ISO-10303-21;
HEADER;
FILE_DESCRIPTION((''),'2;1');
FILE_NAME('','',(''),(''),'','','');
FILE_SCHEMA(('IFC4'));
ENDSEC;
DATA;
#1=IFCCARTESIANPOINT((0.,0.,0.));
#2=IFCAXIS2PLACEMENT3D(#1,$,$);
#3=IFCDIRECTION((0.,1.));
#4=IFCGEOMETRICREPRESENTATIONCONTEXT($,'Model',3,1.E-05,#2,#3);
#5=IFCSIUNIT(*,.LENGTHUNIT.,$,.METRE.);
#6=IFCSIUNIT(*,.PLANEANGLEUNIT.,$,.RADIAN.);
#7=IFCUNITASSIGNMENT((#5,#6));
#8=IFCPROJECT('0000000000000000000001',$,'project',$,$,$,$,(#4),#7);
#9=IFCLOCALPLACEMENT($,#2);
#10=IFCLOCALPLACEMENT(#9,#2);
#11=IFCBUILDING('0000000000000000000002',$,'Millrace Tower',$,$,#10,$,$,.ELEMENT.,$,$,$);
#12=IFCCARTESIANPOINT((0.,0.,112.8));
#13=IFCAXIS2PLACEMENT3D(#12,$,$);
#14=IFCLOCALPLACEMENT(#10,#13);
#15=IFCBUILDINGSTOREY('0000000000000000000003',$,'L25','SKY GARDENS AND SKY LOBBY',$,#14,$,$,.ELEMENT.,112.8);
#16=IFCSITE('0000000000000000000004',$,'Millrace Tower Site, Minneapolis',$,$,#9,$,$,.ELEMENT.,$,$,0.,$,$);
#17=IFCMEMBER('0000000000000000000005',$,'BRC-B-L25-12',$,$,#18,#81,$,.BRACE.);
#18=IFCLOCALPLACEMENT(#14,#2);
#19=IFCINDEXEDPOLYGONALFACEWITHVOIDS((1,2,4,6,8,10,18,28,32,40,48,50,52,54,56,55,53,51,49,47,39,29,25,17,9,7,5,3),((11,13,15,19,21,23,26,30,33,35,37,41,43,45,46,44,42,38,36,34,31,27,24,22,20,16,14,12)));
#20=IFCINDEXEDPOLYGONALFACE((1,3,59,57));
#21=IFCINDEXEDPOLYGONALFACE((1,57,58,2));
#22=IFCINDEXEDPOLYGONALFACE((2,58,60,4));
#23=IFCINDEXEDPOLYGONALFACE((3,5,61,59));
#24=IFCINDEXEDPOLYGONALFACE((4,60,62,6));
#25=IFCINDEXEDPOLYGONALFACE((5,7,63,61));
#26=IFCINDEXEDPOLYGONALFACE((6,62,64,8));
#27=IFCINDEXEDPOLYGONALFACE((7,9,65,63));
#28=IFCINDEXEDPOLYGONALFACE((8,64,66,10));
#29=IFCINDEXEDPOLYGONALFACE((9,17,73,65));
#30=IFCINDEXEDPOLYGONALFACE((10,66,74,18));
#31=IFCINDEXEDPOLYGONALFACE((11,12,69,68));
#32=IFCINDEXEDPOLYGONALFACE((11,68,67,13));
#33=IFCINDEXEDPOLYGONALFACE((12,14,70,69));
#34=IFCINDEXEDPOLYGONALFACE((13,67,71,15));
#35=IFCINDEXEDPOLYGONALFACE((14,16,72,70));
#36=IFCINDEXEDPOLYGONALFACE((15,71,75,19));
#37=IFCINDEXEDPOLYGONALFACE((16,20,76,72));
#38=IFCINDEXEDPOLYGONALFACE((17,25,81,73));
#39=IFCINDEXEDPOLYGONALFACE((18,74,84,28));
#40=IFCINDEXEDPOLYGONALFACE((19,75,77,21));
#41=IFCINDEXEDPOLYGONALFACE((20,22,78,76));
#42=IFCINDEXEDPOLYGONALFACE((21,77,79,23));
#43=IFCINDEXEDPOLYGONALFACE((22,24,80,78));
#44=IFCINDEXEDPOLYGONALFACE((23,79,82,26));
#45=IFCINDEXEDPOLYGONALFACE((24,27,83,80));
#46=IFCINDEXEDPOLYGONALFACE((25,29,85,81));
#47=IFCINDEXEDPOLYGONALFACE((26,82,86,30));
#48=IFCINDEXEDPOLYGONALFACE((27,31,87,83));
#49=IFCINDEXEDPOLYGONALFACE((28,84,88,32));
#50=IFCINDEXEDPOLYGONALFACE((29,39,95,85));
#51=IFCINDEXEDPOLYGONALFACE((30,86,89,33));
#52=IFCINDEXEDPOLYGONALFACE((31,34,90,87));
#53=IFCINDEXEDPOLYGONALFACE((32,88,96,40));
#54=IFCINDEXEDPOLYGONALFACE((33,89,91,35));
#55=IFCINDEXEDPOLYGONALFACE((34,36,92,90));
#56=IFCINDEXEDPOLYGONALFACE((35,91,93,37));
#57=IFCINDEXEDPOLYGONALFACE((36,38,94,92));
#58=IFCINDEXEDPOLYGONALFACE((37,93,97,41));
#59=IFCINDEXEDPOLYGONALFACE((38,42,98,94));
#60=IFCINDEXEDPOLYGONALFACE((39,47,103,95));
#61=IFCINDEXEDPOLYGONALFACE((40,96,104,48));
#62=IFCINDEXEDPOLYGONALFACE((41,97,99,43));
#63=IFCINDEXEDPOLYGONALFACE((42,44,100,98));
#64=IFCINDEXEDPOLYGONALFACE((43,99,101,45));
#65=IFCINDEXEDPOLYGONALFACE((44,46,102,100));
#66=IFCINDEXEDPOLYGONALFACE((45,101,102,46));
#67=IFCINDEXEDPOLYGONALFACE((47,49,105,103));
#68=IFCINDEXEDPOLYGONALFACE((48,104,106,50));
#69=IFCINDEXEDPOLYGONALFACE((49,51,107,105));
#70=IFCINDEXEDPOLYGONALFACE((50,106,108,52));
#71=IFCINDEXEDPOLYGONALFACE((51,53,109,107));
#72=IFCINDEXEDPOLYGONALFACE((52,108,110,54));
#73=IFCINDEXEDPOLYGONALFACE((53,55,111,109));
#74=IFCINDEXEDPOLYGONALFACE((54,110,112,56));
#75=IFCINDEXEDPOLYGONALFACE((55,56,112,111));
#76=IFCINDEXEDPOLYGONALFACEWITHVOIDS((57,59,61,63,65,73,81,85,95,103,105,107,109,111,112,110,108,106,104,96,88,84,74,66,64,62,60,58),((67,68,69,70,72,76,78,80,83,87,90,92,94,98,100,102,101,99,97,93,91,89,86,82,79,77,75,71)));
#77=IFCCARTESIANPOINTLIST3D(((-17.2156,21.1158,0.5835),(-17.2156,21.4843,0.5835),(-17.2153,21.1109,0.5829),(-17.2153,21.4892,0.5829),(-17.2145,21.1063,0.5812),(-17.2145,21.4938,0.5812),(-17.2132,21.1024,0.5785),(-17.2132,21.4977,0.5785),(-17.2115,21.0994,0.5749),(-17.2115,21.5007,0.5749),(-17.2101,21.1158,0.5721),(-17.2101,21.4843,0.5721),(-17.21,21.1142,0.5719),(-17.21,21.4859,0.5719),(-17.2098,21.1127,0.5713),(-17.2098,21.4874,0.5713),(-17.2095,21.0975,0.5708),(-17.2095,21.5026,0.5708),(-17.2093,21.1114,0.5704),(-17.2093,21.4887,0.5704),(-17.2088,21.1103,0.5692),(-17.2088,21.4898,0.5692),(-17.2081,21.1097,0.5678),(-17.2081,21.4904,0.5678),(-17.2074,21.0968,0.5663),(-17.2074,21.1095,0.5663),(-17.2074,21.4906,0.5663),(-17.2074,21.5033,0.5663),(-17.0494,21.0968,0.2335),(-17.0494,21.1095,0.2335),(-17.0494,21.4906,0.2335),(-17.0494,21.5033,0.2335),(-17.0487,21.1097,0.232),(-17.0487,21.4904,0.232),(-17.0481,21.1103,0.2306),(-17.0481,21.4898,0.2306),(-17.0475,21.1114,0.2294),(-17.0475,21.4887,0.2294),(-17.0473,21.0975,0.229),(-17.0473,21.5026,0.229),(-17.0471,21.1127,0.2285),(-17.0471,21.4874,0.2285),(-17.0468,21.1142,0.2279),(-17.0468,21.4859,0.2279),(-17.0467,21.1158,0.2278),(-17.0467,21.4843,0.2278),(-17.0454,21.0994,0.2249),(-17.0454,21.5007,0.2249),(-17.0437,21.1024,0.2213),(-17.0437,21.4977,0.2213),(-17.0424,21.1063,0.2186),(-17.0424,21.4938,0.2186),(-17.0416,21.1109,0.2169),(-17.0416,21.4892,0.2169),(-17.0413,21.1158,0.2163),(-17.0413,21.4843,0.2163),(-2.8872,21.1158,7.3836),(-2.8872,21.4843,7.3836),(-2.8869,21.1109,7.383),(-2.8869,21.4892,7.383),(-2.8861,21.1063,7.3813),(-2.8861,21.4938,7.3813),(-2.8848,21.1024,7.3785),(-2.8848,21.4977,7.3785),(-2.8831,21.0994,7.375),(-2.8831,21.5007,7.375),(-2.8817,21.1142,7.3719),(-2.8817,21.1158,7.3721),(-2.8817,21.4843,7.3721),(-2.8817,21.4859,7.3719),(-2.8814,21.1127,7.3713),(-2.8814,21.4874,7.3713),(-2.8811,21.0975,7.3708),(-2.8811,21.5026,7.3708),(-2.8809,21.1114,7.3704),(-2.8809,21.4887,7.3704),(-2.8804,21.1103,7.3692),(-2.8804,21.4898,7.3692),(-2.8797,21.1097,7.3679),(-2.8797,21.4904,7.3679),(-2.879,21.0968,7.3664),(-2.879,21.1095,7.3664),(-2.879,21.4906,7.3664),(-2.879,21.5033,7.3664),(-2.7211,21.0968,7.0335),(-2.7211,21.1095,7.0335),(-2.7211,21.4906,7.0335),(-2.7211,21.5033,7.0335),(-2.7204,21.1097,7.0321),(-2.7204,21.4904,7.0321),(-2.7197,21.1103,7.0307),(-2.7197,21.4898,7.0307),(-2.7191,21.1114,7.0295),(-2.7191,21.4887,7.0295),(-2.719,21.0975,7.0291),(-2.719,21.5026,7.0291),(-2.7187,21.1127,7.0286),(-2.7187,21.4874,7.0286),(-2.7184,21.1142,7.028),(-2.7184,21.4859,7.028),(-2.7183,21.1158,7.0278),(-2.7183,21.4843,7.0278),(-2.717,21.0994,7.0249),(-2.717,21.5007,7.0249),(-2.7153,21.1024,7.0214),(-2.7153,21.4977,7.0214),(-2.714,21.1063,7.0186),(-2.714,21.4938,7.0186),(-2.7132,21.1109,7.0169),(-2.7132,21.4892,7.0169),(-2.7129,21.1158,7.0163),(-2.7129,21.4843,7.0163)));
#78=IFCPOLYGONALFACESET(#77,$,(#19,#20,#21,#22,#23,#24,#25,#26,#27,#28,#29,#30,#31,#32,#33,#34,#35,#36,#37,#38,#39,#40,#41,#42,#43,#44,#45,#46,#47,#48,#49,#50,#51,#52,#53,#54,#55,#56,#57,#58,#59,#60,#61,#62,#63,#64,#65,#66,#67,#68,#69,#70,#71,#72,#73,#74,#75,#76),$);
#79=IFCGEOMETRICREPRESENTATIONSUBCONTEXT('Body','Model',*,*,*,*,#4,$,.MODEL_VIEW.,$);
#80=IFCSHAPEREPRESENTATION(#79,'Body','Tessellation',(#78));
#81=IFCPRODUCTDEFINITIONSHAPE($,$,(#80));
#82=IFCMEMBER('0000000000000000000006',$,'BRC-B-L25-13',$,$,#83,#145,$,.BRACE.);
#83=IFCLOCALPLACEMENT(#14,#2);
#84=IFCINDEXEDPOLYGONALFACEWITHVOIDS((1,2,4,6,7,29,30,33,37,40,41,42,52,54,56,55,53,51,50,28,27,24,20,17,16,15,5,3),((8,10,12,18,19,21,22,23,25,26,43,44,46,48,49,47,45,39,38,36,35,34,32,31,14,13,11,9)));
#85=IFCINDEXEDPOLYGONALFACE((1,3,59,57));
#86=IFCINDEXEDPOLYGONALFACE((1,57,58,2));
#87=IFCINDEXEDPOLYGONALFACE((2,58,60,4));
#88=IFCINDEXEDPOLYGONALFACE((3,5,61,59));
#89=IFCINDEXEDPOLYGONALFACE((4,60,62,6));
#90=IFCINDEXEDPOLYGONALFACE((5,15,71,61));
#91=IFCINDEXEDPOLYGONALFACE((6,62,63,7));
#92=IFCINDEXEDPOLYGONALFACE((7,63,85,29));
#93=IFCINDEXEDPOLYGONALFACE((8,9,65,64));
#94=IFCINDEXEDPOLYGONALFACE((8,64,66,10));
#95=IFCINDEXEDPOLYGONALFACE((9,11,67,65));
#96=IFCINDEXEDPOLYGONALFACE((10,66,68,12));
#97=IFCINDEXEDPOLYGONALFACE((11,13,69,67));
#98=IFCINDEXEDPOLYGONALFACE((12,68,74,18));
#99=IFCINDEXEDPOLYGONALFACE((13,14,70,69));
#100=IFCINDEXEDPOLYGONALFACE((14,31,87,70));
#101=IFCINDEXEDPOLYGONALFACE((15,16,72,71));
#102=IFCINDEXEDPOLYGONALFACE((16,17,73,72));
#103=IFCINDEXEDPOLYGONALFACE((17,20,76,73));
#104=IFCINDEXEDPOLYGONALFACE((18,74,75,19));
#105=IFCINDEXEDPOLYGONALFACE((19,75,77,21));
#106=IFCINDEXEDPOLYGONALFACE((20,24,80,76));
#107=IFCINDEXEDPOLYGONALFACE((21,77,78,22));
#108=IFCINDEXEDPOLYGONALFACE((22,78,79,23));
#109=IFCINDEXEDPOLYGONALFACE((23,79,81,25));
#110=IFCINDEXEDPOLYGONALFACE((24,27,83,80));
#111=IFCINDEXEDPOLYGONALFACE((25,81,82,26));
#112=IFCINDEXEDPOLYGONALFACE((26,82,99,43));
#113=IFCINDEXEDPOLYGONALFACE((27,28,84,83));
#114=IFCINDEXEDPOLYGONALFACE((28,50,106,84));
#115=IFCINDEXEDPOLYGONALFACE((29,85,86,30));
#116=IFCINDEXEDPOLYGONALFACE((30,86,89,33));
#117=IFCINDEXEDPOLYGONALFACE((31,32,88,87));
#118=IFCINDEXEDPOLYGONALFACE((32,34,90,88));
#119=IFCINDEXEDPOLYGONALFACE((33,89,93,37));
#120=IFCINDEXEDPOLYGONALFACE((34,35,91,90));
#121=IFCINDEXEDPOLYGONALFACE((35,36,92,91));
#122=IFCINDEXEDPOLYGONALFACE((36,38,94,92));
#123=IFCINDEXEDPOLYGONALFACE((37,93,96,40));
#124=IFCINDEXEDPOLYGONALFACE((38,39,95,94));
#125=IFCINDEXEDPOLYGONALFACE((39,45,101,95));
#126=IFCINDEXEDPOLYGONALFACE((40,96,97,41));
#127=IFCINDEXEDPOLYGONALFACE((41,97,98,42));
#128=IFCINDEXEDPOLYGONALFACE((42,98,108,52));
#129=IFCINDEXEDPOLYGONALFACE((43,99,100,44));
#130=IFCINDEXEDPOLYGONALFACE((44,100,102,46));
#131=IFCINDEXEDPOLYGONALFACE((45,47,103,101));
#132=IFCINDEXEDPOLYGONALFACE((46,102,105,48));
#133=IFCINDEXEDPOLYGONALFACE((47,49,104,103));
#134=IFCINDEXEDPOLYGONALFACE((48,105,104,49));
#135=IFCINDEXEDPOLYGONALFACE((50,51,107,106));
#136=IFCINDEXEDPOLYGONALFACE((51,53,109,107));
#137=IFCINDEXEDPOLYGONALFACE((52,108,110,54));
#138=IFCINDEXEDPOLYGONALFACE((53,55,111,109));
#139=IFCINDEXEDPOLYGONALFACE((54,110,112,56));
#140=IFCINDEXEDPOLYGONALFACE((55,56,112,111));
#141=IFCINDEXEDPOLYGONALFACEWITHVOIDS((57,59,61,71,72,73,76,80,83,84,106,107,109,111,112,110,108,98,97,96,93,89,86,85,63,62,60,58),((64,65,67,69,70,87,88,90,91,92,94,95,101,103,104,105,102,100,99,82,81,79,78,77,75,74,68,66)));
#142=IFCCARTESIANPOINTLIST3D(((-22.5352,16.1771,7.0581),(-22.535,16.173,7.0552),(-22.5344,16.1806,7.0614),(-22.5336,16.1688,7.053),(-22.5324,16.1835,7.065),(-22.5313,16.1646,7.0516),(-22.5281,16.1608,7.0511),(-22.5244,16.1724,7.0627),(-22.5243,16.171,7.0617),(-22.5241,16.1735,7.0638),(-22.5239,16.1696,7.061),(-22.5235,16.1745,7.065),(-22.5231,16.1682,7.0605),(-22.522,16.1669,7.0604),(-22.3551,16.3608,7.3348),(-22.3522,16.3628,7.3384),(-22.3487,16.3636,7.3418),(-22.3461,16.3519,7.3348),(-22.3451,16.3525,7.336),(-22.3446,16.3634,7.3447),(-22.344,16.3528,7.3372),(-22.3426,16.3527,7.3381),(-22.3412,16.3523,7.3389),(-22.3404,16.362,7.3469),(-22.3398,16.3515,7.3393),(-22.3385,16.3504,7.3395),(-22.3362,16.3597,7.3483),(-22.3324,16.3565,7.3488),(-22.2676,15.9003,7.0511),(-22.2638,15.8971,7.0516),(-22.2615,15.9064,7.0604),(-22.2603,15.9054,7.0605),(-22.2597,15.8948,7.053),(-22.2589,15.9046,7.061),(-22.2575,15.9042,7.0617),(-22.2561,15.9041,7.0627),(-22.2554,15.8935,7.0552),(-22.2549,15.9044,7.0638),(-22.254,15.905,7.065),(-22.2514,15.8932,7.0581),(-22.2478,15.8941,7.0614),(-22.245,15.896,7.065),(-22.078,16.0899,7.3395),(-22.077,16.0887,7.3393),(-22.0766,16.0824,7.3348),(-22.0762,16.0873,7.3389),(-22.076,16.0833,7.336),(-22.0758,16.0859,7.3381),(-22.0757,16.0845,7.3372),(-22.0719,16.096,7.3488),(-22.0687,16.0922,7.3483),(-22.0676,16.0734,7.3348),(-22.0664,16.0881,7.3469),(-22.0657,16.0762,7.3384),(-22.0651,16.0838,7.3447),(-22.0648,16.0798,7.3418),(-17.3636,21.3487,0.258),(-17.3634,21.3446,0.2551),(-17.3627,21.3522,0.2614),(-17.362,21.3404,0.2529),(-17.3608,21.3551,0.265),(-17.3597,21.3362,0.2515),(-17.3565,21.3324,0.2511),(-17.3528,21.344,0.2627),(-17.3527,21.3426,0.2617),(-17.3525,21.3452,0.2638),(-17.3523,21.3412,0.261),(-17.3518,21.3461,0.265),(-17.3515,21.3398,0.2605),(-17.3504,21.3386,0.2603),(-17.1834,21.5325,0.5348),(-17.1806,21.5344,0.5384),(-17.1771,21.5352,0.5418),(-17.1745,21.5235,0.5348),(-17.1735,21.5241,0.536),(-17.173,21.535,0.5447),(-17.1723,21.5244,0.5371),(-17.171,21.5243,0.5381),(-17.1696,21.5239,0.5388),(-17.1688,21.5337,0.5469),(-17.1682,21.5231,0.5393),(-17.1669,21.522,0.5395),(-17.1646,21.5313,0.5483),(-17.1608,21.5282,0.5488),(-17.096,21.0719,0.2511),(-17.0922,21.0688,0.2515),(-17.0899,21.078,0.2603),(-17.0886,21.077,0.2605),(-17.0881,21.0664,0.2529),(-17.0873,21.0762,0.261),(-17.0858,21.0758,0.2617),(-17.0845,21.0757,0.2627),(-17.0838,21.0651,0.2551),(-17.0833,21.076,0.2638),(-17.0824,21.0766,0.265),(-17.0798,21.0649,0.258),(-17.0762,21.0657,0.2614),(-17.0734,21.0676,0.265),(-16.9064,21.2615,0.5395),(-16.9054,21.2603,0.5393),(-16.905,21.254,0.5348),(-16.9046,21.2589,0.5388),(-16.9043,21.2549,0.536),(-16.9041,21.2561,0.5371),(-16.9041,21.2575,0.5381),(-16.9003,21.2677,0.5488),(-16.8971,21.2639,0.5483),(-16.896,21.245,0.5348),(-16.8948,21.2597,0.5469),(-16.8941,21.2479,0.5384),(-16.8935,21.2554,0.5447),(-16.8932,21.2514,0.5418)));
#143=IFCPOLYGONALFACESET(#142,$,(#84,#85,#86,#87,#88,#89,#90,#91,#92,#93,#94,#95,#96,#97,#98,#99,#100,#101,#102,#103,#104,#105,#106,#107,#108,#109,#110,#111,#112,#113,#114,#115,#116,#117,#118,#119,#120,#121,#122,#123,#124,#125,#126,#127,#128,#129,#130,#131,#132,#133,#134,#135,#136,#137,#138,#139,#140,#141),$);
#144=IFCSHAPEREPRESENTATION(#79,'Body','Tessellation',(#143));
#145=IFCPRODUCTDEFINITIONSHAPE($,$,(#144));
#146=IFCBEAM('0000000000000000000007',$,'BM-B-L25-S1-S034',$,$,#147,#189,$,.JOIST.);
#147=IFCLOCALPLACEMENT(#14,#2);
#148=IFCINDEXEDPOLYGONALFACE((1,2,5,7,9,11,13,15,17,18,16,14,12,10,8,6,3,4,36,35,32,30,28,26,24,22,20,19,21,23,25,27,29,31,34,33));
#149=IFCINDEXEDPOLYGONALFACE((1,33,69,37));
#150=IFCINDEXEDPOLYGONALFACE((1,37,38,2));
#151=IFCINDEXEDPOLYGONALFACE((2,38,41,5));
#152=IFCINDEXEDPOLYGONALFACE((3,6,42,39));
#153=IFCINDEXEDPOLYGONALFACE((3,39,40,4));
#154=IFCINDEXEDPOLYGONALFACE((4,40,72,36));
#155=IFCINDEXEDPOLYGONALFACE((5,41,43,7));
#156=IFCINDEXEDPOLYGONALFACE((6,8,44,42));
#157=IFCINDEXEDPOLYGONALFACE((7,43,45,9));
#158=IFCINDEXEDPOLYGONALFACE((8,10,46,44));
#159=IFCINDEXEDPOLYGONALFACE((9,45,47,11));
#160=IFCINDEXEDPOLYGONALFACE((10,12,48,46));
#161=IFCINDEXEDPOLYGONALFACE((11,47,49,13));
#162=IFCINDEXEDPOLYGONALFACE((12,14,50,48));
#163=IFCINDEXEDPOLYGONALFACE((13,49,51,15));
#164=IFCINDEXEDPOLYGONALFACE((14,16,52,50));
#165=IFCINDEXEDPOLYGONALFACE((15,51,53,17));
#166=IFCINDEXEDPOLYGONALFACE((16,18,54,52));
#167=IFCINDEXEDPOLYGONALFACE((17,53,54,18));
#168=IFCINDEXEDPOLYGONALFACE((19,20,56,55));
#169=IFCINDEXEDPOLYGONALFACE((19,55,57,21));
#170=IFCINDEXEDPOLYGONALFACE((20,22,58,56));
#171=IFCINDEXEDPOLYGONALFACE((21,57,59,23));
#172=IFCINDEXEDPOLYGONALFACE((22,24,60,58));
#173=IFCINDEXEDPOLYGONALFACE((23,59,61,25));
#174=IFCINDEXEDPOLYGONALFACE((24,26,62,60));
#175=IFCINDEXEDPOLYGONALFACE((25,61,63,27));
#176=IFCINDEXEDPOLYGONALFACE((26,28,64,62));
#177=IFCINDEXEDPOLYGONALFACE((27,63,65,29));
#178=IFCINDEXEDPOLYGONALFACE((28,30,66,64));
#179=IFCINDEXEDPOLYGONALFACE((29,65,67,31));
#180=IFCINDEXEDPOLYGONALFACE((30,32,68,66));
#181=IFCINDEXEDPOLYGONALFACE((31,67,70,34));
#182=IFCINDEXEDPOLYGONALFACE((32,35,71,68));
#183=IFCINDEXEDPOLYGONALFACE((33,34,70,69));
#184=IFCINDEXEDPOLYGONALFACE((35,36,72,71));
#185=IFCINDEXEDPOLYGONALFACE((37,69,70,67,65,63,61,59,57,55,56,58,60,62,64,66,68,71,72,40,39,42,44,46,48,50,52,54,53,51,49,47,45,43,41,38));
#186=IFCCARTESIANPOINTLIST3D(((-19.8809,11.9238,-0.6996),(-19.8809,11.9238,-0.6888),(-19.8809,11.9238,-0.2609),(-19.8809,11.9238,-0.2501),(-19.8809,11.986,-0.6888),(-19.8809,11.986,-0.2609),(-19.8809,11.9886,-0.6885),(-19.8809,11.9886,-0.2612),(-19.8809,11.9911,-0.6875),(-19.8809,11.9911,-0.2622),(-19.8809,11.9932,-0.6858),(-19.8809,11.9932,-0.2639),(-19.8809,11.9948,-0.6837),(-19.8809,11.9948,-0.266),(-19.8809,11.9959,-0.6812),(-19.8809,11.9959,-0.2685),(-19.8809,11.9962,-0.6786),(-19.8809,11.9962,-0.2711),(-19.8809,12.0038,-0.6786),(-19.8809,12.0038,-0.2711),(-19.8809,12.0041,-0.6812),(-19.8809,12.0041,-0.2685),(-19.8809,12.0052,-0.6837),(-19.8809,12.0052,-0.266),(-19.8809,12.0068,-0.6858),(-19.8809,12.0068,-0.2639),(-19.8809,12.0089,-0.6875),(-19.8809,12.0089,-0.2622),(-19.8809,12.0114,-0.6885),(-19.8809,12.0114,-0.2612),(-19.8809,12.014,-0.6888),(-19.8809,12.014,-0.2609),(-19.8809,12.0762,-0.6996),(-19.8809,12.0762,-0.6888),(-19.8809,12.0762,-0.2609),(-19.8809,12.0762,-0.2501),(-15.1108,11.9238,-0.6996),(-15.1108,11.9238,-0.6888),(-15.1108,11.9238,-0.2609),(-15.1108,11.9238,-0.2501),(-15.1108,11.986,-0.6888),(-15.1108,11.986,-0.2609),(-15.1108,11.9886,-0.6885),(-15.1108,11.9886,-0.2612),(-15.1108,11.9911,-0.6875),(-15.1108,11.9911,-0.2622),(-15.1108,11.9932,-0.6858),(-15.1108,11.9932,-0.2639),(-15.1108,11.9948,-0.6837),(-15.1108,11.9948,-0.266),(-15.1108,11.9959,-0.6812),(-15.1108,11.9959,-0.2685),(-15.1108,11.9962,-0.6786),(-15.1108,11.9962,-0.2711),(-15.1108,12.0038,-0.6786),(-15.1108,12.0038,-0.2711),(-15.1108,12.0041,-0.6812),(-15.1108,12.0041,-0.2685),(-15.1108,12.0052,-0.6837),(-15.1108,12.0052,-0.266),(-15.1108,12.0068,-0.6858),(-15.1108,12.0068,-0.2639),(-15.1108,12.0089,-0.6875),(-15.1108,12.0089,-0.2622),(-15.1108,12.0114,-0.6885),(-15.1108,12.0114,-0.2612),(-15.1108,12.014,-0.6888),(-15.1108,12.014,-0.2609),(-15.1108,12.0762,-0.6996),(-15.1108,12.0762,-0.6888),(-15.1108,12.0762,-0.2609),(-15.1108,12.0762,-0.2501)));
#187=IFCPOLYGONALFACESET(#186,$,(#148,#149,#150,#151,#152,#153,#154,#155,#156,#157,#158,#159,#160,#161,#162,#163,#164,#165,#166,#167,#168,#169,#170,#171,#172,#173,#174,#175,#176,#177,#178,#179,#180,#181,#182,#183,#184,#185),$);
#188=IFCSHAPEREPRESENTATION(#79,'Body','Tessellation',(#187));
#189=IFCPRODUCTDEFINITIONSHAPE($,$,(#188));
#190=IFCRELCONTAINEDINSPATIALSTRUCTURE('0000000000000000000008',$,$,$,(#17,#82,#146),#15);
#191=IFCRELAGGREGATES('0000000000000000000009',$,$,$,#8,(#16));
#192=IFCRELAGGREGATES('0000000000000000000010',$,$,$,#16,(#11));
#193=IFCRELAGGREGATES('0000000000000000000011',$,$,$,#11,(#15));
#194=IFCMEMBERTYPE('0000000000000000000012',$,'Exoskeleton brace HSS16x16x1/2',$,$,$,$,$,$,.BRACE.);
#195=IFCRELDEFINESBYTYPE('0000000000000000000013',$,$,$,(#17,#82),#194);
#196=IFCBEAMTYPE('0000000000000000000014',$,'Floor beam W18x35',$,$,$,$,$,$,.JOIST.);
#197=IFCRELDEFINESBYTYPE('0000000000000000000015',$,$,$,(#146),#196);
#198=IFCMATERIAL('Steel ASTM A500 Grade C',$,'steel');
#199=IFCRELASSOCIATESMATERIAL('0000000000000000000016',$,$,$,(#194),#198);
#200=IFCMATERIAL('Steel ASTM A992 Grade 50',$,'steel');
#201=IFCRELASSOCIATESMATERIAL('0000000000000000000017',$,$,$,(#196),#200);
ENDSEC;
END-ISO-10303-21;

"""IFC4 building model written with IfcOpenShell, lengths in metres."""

from ifc_helpers import new_model, si_unit, direction, frame, origin, origin_2d, place, context, subcontext, project, spatial, hollow_rectangle, i_section, extrude, material, material_profile, profile_set, type_object, element, save


model = new_model("IFC4")

# Units and contexts
model_context = context("Model", 3, precision=1e-05, world=origin(), true_north=direction((0.0, 1.0)))
body_context = subcontext(model_context, "Body", "Model", "MODEL_VIEW")
ifc_project = project(units=[si_unit("LENGTHUNIT", "METRE"), si_unit("PLANEANGLEUNIT", "RADIAN")], contexts=[model_context])

# Site, building, storey
site_placement = place(None, origin())
site = spatial("IfcSite", under=ifc_project, at=site_placement, Name="Millrace Tower Site, Minneapolis", CompositionType="ELEMENT", RefElevation=0.0)
building_placement = place(site_placement, origin())
building = spatial("IfcBuilding", under=site, at=building_placement, Name="Millrace Tower", CompositionType="ELEMENT")
storey_placement = place(building_placement, frame((0.0, 0.0, 112.8)))
storey = spatial("IfcBuildingStorey", under=building, at=storey_placement, Name="L25", Description="SKY GARDENS AND SKY LOBBY", CompositionType="ELEMENT", Elevation=112.8)

# Members
ifc_material_1 = material(Name="Steel ASTM A500 Grade C", Category="steel")
ifc_material_profile_1 = material_profile(ifc_material_1, hollow_rectangle(XDim=0.4065, YDim=0.4065, WallThickness=0.0127, InnerFilletRadius=0.0063, OuterFilletRadius=0.019, at=origin_2d()))
ifc_profile_set_1 = profile_set([ifc_material_profile_1], Name="Steel ASTM A500 Grade C")
member_type_1 = type_object("IfcMemberType", Name="Exoskeleton brace HSS16x16x1/2", PredefinedType="BRACE", material=ifc_profile_set_1)
member_1_placement = place(storey_placement, frame((-17.1284, 21.3, 0.3999), z_axis=(0.903422, 0.0, 0.428752), x_axis=(0.0, 1.0, 0.0)))
element("IfcMember", 1, at=member_1_placement, inside=storey, type_object=member_type_1, Name="BRC-B-L25-12", PredefinedType="BRACE", context=body_context, shape_type="SweptSolid", body=[
    extrude(hollow_rectangle(XDim=0.4065, YDim=0.4065, WallThickness=0.0127, InnerFilletRadius=0.0063, OuterFilletRadius=0.019, at=origin_2d()), origin(), (0.0, 0.0, 1.0), 15.8601),
])
member_2_placement = place(storey_placement, frame((-17.1284, 21.3, 0.3999), z_axis=(-0.517857, -0.517857, 0.680917), x_axis=(0.707107, -0.707107, 0.0)))
element("IfcMember", 2, at=member_2_placement, inside=storey, type_object=member_type_1, Name="BRC-B-L25-13", PredefinedType="BRACE", context=body_context, shape_type="SweptSolid", body=[
    extrude(hollow_rectangle(XDim=0.4065, YDim=0.4065, WallThickness=0.0127, InnerFilletRadius=0.0063, OuterFilletRadius=0.019, at=origin_2d()), origin(), (0.0, 0.0, 1.0), 9.9866),
])

# Beam
ifc_material_2 = material(Name="Steel ASTM A992 Grade 50", Category="steel")
ifc_material_profile_2 = material_profile(ifc_material_2, i_section(OverallWidth=0.1523, OverallDepth=0.4495, WebThickness=0.0076, FlangeThickness=0.0107, FilletRadius=0.0103, at=origin_2d()))
ifc_profile_set_2 = profile_set([ifc_material_profile_2], Name="Steel ASTM A992 Grade 50")
beam_type_1 = type_object("IfcBeamType", Name="Floor beam W18x35", PredefinedType="JOIST", material=ifc_profile_set_2)
for number, where, z_axis, x_axis, name in (
    (3, (-19.8809, 12.0, -0.4749), (1.0, 0.0, 0.0), (0.0, 1.0, 0.0), "BM-B-L25-S1-S034"),
):
    element("IfcBeam", number, at=place(storey_placement, frame(where, z_axis=z_axis, x_axis=x_axis)), inside=storey, type_object=beam_type_1, Name=name, PredefinedType="JOIST", context=body_context, shape_type="SweptSolid", body=[
        extrude(i_section(OverallWidth=0.1523, OverallDepth=0.4495, WebThickness=0.0076, FlangeThickness=0.0107, FilletRadius=0.0103, at=origin_2d()), origin(), (0.0, 0.0, 1.0), 4.77),
    ])

save(model, "model.ifc")
